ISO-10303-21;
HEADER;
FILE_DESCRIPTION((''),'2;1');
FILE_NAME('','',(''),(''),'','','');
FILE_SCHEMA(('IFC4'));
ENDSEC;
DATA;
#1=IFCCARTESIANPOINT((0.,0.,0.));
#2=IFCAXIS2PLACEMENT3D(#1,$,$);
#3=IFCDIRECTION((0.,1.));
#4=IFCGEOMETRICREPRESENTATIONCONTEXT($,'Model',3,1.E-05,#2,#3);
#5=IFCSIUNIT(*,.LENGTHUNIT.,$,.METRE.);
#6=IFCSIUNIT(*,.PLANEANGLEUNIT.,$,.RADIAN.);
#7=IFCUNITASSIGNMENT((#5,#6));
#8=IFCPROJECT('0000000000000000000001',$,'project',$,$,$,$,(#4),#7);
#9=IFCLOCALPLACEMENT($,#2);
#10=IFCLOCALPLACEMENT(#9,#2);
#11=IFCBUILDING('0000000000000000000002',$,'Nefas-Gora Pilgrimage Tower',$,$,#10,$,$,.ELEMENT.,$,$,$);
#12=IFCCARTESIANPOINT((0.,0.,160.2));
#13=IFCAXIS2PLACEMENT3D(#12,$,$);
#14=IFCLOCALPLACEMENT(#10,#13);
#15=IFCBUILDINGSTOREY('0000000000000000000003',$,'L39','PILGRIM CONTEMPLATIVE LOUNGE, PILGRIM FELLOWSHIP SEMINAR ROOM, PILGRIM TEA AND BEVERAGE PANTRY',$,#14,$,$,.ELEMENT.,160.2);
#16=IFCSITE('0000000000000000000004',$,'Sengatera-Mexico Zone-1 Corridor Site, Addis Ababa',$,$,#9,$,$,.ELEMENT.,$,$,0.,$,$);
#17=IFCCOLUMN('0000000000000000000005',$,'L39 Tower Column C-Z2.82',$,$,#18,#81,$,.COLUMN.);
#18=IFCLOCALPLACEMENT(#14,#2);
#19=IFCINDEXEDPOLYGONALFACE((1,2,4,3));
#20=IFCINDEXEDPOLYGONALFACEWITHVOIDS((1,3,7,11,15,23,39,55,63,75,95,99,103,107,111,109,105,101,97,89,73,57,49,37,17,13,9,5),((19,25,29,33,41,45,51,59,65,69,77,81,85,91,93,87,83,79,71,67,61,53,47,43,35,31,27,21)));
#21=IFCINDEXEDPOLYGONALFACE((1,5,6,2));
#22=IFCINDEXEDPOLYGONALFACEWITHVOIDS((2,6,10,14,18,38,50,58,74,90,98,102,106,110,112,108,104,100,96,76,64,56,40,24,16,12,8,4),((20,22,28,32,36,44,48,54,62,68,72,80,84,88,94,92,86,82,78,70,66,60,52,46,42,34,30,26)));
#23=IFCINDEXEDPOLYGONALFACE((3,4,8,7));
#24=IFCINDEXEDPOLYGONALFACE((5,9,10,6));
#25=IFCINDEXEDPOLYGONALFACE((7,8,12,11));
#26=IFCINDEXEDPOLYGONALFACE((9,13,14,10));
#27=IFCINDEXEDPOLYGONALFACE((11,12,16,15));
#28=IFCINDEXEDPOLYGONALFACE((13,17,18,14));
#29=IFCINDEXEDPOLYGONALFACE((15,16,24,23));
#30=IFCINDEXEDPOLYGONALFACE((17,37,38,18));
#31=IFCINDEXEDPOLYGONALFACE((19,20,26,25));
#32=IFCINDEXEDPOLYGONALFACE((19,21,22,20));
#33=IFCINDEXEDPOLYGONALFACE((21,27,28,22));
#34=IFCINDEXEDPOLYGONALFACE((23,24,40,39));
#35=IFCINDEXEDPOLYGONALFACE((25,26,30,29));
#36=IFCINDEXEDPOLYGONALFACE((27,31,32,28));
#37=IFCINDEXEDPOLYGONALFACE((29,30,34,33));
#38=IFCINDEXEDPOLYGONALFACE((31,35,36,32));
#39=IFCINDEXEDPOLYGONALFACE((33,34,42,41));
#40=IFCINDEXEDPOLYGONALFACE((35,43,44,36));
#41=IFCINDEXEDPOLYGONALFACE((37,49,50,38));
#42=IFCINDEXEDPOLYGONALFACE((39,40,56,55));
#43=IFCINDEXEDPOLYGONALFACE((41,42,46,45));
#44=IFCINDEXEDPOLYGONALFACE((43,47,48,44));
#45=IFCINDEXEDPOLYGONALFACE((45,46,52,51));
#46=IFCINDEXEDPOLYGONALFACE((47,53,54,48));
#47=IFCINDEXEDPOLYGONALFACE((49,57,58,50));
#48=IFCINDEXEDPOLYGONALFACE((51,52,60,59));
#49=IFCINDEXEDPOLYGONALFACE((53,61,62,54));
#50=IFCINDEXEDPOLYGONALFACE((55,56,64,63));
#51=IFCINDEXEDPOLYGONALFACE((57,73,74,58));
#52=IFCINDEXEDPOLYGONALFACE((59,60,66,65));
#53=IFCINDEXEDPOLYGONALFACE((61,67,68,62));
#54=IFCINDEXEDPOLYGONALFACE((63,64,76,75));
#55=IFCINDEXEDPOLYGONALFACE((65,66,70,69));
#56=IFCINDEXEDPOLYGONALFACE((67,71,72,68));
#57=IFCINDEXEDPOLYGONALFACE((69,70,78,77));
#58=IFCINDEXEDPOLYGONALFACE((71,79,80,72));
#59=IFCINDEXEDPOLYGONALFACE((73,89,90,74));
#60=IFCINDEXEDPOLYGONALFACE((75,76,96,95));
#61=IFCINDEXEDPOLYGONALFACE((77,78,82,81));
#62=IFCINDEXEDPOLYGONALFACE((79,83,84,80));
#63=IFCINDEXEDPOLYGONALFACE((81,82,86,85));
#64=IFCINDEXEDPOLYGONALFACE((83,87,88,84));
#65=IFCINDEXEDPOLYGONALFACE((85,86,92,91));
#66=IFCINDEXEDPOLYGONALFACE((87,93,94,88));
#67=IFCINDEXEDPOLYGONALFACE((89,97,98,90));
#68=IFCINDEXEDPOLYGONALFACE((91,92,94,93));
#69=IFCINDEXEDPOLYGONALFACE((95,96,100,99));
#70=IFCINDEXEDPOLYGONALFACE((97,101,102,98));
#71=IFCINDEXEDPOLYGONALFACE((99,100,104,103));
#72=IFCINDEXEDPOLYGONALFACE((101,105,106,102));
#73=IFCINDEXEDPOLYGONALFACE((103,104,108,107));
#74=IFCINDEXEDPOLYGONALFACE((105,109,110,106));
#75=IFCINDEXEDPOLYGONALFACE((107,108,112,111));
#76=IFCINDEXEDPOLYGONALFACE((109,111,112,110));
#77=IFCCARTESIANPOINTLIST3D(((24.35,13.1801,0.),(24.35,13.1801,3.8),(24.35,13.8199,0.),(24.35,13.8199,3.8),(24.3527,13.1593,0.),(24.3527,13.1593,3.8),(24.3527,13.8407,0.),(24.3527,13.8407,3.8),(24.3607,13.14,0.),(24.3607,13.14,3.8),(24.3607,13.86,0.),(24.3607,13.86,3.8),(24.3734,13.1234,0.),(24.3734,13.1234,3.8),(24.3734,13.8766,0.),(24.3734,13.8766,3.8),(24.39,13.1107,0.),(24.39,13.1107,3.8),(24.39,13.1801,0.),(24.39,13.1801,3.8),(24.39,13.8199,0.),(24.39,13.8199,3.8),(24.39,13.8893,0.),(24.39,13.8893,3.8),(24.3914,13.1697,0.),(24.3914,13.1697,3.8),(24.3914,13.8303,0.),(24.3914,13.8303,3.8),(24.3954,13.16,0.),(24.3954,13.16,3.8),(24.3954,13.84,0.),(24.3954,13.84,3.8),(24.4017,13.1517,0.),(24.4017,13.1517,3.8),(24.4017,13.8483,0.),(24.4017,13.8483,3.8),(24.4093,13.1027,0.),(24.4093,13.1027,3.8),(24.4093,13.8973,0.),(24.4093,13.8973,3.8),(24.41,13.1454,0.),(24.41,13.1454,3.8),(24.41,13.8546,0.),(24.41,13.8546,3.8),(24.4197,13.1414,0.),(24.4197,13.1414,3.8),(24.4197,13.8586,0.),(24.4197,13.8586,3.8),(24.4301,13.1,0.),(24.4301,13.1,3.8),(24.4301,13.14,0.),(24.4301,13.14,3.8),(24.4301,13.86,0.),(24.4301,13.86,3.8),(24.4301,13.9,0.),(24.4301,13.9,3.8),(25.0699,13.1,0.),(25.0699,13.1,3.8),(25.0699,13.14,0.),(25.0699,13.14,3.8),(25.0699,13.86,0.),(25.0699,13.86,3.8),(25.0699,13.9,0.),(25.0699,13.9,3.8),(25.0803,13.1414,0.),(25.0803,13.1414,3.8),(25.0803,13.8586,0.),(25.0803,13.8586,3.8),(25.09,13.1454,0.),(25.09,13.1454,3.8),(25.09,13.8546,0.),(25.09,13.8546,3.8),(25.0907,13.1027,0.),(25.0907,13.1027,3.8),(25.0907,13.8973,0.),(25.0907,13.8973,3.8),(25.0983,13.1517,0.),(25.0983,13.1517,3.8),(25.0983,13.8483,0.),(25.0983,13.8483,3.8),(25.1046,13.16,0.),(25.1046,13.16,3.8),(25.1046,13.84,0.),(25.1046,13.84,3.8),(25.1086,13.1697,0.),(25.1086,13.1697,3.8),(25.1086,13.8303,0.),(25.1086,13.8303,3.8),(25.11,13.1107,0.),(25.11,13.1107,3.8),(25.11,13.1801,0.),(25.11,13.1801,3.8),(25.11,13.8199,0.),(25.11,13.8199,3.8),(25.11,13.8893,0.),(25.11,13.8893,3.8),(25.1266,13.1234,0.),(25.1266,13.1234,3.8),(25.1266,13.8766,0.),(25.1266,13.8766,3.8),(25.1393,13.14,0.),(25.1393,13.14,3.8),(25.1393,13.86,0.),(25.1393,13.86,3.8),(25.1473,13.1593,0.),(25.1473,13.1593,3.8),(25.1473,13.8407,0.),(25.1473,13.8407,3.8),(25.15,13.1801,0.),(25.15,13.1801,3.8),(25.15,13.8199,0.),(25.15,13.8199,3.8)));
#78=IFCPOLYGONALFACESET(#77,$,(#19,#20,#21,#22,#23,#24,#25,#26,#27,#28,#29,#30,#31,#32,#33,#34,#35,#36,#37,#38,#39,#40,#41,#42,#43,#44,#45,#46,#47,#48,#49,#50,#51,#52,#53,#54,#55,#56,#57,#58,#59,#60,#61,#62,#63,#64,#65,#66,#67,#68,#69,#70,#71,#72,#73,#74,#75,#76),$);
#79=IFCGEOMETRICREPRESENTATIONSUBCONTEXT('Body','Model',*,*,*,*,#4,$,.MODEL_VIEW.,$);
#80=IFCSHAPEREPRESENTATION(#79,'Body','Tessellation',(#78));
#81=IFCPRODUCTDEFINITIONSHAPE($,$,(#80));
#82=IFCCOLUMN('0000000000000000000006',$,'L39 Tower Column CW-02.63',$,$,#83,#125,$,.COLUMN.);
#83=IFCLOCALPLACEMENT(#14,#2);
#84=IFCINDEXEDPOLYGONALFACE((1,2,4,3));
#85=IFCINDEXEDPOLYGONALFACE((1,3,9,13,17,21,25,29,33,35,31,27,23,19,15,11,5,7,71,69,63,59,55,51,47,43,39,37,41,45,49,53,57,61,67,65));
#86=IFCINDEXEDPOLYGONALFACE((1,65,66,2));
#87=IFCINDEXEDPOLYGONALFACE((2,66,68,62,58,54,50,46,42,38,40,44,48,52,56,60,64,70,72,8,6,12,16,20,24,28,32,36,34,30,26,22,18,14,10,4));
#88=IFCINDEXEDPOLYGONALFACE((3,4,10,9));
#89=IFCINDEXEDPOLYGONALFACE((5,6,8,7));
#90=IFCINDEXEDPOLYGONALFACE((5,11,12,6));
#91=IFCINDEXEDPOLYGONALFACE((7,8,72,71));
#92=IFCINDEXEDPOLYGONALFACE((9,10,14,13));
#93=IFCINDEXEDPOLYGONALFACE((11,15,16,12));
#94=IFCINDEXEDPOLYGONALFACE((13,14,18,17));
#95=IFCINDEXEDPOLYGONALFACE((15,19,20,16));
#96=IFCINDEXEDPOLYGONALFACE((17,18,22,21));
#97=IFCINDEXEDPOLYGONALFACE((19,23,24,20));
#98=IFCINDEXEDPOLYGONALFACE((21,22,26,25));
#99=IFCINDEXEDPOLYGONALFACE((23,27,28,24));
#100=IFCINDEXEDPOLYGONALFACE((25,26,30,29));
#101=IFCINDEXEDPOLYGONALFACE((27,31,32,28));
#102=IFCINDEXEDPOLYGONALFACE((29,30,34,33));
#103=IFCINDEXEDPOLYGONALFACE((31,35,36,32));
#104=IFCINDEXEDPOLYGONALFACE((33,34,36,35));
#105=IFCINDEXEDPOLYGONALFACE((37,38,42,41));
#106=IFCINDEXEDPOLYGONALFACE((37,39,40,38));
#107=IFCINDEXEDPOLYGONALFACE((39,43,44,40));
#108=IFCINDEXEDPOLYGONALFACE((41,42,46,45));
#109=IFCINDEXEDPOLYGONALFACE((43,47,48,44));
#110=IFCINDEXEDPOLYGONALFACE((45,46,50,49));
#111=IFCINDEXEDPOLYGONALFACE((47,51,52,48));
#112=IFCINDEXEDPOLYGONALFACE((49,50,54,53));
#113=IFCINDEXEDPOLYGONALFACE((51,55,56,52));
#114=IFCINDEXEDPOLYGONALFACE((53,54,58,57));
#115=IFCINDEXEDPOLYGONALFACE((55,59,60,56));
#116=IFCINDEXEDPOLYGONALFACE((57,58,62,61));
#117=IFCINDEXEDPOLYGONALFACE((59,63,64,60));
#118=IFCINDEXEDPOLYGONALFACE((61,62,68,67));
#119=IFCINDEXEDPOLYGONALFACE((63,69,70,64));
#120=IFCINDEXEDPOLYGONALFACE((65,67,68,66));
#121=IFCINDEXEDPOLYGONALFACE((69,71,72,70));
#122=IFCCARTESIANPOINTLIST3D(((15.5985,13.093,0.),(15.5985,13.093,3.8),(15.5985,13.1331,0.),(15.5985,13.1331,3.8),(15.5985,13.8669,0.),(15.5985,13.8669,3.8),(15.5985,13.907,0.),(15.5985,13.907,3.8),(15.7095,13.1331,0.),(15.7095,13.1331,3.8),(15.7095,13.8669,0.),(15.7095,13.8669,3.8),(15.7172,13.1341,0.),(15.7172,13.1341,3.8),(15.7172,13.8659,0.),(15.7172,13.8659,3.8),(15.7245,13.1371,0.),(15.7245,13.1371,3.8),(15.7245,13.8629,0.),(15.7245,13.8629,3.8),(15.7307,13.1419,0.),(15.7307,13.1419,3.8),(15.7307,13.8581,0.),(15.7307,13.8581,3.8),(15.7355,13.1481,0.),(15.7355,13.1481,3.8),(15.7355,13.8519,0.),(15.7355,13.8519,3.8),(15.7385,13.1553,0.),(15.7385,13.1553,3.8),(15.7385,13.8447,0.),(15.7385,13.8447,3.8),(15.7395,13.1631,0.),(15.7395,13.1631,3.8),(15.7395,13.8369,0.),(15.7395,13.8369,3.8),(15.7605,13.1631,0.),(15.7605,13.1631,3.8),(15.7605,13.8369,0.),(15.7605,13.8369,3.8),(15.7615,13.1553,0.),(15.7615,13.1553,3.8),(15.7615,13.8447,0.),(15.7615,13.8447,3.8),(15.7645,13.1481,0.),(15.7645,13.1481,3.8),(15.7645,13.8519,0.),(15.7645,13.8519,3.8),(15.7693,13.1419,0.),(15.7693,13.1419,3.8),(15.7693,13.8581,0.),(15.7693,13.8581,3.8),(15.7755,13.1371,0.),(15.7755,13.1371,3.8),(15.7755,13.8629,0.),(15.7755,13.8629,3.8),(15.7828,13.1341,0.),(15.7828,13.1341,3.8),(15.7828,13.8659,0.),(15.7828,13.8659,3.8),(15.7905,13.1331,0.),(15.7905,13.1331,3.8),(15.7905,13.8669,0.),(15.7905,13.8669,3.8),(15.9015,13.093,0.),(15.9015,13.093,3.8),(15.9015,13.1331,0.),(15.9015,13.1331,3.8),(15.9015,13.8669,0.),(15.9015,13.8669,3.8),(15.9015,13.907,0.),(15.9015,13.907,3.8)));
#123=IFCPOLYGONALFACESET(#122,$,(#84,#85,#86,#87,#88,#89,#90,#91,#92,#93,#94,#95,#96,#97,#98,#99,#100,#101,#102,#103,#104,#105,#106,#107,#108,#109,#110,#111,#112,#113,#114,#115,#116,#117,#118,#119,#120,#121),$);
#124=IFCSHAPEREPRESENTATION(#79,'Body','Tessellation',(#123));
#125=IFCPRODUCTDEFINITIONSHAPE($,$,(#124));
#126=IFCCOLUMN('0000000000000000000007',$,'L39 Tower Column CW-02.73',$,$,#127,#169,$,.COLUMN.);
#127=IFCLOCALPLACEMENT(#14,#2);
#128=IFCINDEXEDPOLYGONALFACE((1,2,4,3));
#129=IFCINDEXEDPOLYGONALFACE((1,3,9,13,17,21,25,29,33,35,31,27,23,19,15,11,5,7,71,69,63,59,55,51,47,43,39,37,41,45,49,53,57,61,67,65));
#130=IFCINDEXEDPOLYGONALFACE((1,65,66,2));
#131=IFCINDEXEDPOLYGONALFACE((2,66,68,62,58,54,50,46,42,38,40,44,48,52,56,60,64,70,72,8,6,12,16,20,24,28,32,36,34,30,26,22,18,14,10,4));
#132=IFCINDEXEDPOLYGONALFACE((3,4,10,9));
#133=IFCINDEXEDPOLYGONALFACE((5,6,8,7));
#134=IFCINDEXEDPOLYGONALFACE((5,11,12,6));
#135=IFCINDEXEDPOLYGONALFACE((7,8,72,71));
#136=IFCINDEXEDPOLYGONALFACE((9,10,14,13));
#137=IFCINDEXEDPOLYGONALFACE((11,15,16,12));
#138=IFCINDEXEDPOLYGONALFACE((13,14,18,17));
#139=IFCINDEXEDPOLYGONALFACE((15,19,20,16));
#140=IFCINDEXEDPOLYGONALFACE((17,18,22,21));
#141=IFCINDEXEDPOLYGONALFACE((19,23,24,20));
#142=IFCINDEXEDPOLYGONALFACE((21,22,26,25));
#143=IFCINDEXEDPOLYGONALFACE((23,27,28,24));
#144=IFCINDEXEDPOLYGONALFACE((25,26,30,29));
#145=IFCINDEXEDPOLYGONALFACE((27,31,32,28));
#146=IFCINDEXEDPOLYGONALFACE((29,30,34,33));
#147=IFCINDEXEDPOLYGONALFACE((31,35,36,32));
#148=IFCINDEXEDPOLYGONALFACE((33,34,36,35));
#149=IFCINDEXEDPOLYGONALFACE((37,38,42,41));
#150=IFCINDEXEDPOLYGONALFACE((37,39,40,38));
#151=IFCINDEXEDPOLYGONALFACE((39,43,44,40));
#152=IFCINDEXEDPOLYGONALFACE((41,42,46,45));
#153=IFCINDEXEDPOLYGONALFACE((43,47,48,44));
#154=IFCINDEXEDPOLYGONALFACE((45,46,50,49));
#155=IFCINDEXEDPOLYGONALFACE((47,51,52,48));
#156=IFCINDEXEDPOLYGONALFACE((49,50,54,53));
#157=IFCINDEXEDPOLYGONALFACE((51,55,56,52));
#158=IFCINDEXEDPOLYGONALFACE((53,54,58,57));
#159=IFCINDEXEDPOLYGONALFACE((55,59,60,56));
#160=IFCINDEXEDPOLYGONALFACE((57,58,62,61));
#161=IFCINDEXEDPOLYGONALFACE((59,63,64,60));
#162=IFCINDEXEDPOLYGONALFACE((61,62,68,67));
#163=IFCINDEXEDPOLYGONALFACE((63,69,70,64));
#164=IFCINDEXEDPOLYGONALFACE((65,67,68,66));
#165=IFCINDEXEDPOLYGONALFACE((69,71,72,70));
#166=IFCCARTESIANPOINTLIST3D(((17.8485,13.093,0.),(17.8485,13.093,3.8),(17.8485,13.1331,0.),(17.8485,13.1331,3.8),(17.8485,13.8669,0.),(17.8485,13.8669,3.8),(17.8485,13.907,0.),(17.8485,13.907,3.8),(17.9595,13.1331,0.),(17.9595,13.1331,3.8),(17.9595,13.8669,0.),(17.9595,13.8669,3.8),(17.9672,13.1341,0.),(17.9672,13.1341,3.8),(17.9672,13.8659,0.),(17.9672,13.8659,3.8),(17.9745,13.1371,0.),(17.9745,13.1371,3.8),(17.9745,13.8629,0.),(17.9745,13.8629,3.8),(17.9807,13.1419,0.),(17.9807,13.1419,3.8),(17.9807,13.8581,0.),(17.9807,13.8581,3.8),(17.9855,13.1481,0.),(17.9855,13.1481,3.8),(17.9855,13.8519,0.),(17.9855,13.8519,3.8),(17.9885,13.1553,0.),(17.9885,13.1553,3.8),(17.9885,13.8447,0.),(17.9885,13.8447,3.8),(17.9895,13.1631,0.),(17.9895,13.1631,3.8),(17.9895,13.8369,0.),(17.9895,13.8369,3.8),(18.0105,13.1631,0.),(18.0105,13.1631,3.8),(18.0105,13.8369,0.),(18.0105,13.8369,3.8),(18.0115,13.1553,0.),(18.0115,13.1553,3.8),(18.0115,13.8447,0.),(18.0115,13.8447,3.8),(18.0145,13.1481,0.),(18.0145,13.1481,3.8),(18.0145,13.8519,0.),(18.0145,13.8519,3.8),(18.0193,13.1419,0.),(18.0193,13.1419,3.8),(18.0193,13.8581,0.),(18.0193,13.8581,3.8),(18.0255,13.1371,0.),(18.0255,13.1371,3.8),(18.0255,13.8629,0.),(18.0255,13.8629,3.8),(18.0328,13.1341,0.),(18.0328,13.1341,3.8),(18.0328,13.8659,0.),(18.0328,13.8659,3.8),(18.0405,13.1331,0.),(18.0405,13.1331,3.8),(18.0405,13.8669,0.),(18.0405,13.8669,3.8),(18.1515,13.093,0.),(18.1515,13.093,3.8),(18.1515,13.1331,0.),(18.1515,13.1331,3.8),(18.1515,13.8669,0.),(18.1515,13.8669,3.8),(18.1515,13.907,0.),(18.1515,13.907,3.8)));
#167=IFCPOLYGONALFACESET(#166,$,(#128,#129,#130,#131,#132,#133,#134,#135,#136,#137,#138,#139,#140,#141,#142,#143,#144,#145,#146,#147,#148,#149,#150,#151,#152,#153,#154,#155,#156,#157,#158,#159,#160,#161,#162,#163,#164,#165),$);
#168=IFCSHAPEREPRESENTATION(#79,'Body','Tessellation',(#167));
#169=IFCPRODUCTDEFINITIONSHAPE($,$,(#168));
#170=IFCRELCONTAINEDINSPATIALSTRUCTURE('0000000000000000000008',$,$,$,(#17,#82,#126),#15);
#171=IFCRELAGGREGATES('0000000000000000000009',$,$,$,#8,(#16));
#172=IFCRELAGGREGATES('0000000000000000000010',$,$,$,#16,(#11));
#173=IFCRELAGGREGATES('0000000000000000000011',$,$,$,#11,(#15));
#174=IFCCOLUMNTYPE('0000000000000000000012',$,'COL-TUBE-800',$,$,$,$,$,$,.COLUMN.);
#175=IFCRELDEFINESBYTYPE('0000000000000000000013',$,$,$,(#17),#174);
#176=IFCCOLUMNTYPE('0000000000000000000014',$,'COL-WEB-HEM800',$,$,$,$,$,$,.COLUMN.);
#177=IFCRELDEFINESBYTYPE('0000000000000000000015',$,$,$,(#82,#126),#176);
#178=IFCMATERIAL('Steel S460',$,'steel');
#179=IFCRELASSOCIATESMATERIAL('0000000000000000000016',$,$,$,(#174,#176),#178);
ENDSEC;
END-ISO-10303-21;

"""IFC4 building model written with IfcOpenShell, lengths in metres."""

from ifc_helpers import new_model, si_unit, direction, frame, origin, origin_2d, place, context, subcontext, project, spatial, hollow_rectangle, i_section, extrude, source, transform, mapped, material, material_profile, profile_set, type_object, element, save


model = new_model("IFC4")

# Units and contexts
model_context = context("Model", 3, precision=1e-05, world=origin(), true_north=direction((0.0, 1.0)))
body_context = subcontext(model_context, "Body", "Model", "MODEL_VIEW")
ifc_project = project(units=[si_unit("LENGTHUNIT", "METRE"), si_unit("PLANEANGLEUNIT", "RADIAN")], contexts=[model_context])

# Site, building, storey
site_placement = place(None, origin())
site = spatial("IfcSite", under=ifc_project, at=site_placement, Name="Sengatera-Mexico Zone-1 Corridor Site, Addis Ababa", CompositionType="ELEMENT", RefElevation=0.0)
building_placement = place(site_placement, origin())
building = spatial("IfcBuilding", under=site, at=building_placement, Name="Nefas-Gora Pilgrimage Tower", CompositionType="ELEMENT")
storey_placement = place(building_placement, frame((0.0, 0.0, 160.2)))
storey = spatial("IfcBuildingStorey", under=building, at=storey_placement, Name="L39", Description="PILGRIM CONTEMPLATIVE LOUNGE, PILGRIM FELLOWSHIP SEMINAR ROOM, PILGRIM TEA AND BEVERAGE PANTRY", CompositionType="ELEMENT", Elevation=160.2)

# Columns
ifc_material_1 = material(Name="Steel S460", Category="steel")
ifc_material_profile_1 = material_profile(ifc_material_1, hollow_rectangle(XDim=0.8, YDim=0.8, WallThickness=0.04, InnerFilletRadius=0.04, OuterFilletRadius=0.0801, at=origin_2d()), Name="BOX 800x800x40")
ifc_profile_set_1 = profile_set([ifc_material_profile_1], Name="Steel S460")
column_type_1 = type_object("IfcColumnType", Name="COL-TUBE-800", PredefinedType="COLUMN", material=ifc_profile_set_1)
shared_shape_1 = source(origin(), body_context, "Body", "SweptSolid", [
    extrude(hollow_rectangle(XDim=0.8, YDim=0.8, WallThickness=0.04, InnerFilletRadius=0.04, OuterFilletRadius=0.0801, at=origin_2d()), origin(), (0.0, 0.0, 1.0), 3.8),
])
for number, where, z_axis, x_axis, name in (
    (1, (24.75, 13.5, 0.0), (0.0, 0.0, 1.0), (1.0, 0.0, 0.0), "L39 Tower Column C-Z2.82"),
):
    element("IfcColumn", number, at=place(storey_placement, frame(where, z_axis=z_axis, x_axis=x_axis)), inside=storey, type_object=column_type_1, Name=name, PredefinedType="COLUMN", context=body_context, shape_type="MappedRepresentation", body=[
        mapped(shared_shape_1, transform((0.0, 0.0, 0.0), x_axis=(1.0, 0.0, 0.0), y_axis=(0.0, 1.0, 0.0), z_axis=(0.0, 0.0, 1.0), scale=1.0)),
    ])
ifc_material_profile_2 = material_profile(ifc_material_1, i_section(OverallWidth=0.303, OverallDepth=0.814, WebThickness=0.021, FlangeThickness=0.04, FilletRadius=0.03, at=origin_2d()), Name="HEM 800")
ifc_profile_set_2 = profile_set([ifc_material_profile_2], Name="Steel S460")
column_type_2 = type_object("IfcColumnType", Name="COL-WEB-HEM800", PredefinedType="COLUMN", material=ifc_profile_set_2)
shared_shape_2 = source(origin(), body_context, "Body", "SweptSolid", [
    extrude(i_section(OverallWidth=0.303, OverallDepth=0.814, WebThickness=0.021, FlangeThickness=0.04, FilletRadius=0.03, at=origin_2d()), origin(), (0.0, 0.0, 1.0), 3.8),
])
for number, where, z_axis, x_axis, name in (
    (2, (15.75, 13.5, 0.0), (0.0, 0.0, 1.0), (1.0, 0.0, 0.0), "L39 Tower Column CW-02.63"),
    (3, (18.0, 13.5, 0.0), (0.0, 0.0, 1.0), (1.0, 0.0, 0.0), "L39 Tower Column CW-02.73"),
):
    element("IfcColumn", number, at=place(storey_placement, frame(where, z_axis=z_axis, x_axis=x_axis)), inside=storey, type_object=column_type_2, Name=name, PredefinedType="COLUMN", context=body_context, shape_type="MappedRepresentation", body=[
        mapped(shared_shape_2, transform((0.0, 0.0, 0.0), x_axis=(1.0, 0.0, 0.0), y_axis=(0.0, 1.0, 0.0), z_axis=(0.0, 0.0, 1.0), scale=1.0)),
    ])

save(model, "model.ifc")
